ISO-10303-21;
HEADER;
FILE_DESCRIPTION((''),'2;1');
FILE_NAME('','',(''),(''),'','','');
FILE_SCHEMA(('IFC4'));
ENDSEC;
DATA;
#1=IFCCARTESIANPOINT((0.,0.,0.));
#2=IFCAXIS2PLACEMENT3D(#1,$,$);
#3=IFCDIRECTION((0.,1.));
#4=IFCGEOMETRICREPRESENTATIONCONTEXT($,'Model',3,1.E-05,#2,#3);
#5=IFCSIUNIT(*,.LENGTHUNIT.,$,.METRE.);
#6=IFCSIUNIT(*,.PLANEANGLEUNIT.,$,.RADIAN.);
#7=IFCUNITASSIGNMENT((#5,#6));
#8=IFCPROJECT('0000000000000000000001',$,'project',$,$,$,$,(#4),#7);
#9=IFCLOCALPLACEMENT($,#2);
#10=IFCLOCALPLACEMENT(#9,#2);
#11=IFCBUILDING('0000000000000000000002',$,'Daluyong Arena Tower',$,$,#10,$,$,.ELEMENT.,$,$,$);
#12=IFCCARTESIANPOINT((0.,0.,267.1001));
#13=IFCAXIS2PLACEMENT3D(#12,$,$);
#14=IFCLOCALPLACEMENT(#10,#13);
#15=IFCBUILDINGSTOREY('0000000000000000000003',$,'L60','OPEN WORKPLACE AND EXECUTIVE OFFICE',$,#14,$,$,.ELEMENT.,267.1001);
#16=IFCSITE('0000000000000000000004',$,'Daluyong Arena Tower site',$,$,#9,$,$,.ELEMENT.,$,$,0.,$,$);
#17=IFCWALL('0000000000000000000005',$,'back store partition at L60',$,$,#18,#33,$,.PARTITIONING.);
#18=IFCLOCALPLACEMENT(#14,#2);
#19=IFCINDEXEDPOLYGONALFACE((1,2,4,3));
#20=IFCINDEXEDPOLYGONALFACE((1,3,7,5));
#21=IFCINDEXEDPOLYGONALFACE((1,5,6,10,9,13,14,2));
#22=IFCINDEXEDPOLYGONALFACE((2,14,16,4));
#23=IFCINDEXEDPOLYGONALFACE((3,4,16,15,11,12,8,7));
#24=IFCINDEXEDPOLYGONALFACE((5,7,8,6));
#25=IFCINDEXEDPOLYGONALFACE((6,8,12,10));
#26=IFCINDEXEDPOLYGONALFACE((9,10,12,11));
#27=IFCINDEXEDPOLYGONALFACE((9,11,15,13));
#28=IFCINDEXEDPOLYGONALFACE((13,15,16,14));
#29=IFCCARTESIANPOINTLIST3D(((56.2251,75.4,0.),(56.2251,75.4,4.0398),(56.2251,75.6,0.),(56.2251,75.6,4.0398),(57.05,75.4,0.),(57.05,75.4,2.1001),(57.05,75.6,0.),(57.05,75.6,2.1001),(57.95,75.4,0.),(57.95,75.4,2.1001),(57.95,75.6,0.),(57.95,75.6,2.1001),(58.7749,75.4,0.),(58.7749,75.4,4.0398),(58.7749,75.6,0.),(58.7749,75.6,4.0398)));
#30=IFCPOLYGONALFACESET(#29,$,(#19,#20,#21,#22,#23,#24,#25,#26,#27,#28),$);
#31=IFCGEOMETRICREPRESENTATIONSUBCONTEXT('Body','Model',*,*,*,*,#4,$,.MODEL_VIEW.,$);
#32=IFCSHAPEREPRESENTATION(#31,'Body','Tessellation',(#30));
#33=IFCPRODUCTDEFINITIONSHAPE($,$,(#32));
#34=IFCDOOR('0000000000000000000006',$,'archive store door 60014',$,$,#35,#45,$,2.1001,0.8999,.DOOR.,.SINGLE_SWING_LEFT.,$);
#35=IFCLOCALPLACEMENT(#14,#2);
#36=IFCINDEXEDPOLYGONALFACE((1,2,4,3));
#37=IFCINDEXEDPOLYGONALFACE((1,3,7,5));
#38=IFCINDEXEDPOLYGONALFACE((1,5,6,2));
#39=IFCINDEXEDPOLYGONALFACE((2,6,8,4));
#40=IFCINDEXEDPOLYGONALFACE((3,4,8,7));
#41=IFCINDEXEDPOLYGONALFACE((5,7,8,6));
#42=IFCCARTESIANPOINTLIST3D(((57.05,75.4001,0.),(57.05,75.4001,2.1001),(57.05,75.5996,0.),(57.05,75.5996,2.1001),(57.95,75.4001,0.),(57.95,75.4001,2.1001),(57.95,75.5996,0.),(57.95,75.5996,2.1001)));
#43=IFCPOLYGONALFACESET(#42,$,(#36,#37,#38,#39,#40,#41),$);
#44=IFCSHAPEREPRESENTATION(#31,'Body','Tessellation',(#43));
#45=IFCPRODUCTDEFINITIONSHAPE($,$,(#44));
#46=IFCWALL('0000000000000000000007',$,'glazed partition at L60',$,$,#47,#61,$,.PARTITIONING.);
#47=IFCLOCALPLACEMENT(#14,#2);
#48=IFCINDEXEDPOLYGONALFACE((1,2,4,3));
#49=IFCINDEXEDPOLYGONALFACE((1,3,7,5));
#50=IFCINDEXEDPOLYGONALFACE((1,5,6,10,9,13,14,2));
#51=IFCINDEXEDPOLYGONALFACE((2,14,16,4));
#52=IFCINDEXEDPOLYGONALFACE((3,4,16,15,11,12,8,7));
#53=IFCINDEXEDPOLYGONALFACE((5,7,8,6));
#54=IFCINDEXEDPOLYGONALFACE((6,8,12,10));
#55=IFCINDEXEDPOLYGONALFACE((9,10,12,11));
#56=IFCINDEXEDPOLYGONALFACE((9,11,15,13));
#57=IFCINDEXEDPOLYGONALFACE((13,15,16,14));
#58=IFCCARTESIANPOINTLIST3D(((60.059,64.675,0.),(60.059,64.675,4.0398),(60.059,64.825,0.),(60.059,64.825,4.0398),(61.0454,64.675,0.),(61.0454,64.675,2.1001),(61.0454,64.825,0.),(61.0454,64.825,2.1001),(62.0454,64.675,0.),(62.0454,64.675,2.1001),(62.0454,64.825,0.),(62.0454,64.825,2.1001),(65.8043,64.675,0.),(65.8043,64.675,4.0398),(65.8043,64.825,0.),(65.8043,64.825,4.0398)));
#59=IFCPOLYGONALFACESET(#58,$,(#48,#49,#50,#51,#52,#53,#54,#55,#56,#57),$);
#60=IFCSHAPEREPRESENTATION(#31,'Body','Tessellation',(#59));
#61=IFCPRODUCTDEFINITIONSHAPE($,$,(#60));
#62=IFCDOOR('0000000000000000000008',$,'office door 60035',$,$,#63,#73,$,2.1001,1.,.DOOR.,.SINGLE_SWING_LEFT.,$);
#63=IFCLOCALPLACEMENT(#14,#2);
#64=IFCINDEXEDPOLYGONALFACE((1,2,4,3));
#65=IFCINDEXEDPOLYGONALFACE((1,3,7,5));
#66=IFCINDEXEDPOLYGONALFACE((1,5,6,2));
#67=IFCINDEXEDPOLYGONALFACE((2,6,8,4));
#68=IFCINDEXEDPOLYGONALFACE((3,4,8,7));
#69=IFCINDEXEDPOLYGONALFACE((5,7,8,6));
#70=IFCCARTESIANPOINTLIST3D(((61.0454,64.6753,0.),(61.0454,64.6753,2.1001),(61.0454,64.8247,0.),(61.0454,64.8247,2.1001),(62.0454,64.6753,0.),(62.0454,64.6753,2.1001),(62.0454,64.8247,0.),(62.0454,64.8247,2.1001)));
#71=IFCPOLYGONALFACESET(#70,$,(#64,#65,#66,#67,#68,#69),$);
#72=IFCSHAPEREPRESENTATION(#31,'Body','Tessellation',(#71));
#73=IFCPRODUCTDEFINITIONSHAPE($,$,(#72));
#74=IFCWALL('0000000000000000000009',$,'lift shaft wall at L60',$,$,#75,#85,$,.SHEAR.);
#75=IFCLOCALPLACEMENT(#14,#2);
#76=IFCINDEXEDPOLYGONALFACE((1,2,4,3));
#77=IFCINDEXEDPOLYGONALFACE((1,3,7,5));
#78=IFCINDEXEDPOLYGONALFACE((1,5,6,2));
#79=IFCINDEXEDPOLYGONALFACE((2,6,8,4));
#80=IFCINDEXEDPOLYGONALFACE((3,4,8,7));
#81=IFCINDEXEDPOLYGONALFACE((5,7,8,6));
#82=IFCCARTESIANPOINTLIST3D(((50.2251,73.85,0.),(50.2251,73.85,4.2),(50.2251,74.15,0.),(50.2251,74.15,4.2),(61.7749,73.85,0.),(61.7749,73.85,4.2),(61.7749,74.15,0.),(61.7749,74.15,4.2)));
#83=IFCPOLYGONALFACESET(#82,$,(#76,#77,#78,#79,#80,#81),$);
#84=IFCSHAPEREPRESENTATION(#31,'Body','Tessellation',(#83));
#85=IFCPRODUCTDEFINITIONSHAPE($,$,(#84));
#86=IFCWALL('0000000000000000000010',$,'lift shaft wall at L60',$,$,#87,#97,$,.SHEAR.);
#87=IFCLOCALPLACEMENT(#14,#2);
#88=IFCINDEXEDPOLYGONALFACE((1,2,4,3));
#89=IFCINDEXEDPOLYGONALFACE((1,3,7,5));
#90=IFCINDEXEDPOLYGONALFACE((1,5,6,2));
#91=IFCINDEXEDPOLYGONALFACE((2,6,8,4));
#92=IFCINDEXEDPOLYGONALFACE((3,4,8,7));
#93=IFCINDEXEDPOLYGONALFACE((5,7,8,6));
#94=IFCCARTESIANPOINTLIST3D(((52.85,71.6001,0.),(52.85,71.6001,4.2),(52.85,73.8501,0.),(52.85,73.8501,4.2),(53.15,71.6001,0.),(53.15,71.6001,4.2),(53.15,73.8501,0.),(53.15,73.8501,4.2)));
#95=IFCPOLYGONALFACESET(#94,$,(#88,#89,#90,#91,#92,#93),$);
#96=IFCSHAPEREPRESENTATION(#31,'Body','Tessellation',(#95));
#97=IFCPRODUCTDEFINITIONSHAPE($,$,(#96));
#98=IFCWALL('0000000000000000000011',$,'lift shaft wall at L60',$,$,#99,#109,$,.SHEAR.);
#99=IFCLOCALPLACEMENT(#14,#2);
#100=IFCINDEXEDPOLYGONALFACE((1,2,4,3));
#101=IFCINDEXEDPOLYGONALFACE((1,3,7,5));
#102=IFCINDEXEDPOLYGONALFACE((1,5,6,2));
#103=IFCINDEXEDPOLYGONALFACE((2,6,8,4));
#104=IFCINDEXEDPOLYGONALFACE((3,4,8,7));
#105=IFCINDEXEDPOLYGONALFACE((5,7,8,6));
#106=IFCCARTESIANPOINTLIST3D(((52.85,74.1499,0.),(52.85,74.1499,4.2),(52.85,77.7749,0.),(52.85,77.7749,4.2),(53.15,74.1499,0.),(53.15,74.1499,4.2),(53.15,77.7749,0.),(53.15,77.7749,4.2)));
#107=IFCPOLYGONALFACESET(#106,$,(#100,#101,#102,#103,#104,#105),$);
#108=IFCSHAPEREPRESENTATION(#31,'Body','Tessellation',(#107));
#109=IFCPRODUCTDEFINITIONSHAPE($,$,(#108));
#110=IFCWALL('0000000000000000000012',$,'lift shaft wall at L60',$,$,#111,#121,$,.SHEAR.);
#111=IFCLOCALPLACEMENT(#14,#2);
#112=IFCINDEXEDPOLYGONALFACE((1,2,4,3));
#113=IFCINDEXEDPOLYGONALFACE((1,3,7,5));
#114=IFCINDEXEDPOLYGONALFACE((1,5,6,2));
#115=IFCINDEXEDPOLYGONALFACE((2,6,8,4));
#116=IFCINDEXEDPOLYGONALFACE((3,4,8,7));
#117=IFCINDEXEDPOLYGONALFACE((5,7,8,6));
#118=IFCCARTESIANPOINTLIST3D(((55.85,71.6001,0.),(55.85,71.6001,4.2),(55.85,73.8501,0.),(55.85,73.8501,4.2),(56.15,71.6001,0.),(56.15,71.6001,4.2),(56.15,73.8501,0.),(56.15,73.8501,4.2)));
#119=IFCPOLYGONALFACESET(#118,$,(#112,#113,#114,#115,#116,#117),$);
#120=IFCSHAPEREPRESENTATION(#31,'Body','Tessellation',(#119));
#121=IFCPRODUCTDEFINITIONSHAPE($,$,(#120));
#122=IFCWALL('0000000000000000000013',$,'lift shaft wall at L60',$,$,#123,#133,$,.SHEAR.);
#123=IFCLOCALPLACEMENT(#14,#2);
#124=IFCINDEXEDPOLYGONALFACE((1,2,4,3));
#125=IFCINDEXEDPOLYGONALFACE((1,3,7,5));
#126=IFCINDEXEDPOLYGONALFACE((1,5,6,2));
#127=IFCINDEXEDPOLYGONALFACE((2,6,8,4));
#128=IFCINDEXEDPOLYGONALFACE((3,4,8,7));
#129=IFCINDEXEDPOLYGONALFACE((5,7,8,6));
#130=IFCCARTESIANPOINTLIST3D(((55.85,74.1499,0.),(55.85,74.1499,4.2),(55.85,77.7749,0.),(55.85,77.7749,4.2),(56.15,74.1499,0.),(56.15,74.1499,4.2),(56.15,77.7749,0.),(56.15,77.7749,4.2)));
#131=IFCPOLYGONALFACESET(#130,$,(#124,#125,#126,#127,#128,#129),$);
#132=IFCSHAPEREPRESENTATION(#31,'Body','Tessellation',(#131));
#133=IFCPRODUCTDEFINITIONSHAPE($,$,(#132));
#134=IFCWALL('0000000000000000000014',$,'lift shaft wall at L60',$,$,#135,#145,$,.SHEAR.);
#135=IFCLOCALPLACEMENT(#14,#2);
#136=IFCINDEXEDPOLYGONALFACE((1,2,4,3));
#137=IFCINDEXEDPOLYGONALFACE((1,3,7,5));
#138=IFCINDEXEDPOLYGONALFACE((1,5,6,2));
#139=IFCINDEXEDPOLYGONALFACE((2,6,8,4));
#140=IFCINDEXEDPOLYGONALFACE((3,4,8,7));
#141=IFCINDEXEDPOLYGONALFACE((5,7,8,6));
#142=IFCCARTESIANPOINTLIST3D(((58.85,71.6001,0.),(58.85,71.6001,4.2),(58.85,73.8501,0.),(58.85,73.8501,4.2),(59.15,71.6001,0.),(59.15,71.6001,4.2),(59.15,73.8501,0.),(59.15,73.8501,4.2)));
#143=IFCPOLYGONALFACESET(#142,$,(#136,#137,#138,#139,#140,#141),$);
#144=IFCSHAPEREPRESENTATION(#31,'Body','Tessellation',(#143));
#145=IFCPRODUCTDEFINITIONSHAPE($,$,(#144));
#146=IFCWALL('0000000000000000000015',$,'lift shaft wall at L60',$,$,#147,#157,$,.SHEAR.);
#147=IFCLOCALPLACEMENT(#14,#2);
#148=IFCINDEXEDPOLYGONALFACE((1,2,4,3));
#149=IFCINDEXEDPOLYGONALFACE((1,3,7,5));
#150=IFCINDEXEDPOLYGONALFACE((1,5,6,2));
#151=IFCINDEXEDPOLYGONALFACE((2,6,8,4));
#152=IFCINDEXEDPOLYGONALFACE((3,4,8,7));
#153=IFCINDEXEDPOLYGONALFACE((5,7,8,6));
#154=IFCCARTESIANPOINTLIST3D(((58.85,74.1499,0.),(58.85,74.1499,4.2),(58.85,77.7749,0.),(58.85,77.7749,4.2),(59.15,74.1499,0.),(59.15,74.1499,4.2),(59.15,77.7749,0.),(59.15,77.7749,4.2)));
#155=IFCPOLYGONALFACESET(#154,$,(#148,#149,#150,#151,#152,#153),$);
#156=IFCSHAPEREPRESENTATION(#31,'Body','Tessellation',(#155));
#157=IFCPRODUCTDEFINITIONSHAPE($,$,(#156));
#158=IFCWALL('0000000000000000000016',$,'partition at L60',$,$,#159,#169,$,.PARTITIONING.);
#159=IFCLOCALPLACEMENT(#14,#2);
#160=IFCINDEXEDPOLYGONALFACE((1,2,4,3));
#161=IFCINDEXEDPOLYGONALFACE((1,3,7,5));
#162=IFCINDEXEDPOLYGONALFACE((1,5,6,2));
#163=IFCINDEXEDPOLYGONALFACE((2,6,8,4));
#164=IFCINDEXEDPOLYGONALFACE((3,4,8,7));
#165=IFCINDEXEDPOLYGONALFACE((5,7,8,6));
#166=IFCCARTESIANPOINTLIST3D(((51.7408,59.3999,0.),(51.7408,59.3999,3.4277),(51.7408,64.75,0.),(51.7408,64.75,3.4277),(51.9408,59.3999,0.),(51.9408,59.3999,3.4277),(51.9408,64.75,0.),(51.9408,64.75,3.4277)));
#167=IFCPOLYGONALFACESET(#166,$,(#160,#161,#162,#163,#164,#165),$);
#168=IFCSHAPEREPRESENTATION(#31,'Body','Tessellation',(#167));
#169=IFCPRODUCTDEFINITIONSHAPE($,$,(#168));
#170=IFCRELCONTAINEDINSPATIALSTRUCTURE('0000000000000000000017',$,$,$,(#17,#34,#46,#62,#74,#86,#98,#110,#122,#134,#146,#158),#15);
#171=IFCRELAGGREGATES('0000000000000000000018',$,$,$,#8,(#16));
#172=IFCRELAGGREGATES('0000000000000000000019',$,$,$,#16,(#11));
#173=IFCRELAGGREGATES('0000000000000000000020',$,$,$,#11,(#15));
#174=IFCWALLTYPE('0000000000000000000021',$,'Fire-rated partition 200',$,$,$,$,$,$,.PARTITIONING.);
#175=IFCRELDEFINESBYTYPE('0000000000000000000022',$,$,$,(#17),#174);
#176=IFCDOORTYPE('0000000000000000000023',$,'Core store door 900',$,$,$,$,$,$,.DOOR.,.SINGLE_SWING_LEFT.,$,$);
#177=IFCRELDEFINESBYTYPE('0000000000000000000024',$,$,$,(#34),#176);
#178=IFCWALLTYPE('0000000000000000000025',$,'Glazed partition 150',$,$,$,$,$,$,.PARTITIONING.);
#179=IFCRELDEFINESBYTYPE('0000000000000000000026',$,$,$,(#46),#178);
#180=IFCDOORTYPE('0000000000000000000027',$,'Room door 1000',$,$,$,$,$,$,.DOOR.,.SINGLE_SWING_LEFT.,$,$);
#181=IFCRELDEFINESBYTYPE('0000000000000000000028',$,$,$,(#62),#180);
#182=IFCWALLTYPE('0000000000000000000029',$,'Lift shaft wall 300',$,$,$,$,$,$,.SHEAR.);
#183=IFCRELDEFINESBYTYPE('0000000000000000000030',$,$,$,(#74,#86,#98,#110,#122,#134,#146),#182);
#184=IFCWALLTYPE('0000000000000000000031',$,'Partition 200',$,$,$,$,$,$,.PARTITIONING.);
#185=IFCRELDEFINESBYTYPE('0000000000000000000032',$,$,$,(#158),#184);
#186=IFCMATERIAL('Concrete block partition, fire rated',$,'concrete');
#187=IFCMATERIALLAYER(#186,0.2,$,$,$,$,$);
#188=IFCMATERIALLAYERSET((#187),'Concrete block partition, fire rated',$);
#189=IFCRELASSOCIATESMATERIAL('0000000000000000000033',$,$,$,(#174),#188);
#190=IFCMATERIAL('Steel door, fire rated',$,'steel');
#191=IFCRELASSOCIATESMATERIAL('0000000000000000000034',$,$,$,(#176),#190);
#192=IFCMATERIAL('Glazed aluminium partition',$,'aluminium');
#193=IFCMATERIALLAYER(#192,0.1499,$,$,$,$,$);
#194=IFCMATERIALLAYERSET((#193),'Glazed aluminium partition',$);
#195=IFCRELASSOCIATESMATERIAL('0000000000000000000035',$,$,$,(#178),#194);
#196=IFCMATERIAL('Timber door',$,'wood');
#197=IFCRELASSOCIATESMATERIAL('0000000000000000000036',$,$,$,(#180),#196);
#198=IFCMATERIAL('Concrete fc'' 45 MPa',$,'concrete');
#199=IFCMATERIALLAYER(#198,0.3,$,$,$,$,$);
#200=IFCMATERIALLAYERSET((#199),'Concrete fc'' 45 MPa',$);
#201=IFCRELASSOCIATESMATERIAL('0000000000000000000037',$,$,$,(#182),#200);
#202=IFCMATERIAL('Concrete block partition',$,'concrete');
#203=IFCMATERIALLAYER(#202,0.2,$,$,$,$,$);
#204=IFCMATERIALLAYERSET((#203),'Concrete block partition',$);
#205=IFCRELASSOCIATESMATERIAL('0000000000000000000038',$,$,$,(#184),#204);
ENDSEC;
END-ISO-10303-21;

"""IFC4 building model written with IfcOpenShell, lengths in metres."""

from ifc_helpers import new_model, si_unit, direction, frame, frame_2d, origin, place, context, subcontext, project, spatial, rectangle, extrude, material, layer, layer_set, type_object, element, fill, save


model = new_model("IFC4")

# Units and contexts
model_context = context("Model", 3, precision=1e-05, world=origin(), true_north=direction((0.0, 1.0)))
body_context = subcontext(model_context, "Body", "Model", "MODEL_VIEW")
ifc_project = project(units=[si_unit("LENGTHUNIT", "METRE"), si_unit("PLANEANGLEUNIT", "RADIAN")], contexts=[model_context])

# Site, building, storey
site_placement = place(None, origin())
site = spatial("IfcSite", under=ifc_project, at=site_placement, Name="Daluyong Arena Tower site", CompositionType="ELEMENT", RefElevation=0.0)
building_placement = place(site_placement, origin())
building = spatial("IfcBuilding", under=site, at=building_placement, Name="Daluyong Arena Tower", CompositionType="ELEMENT")
storey_placement = place(building_placement, frame((0.0, 0.0, 267.1001)))
storey = spatial("IfcBuildingStorey", under=building, at=storey_placement, Name="L60", Description="OPEN WORKPLACE AND EXECUTIVE OFFICE", CompositionType="ELEMENT", Elevation=267.1001)

# Walls, openings, doors
ifc_material_1 = material(Name="Concrete block partition, fire rated", Category="concrete")
ifc_layer_1 = layer(ifc_material_1, 0.2)
ifc_layer_set_1 = layer_set([ifc_layer_1], Name="Concrete block partition, fire rated")
wall_type_1 = type_object("IfcWallType", Name="Fire-rated partition 200", PredefinedType="PARTITIONING", material=ifc_layer_set_1)
ifc_material_2 = material(Name="Steel door, fire rated", Category="steel")
door_type_1 = type_object("IfcDoorType", Name="Core store door 900", OperationType="SINGLE_SWING_LEFT", PredefinedType="DOOR", material=ifc_material_2)
wall_1_placement = place(storey_placement, frame((56.2251, 75.5, 0.0), z_axis=(0.0, 0.0, 1.0), x_axis=(1.0, 0.0, 0.0)))
wall_1 = element("IfcWall", 1, at=wall_1_placement, inside=storey, type_object=wall_type_1, Name="back store partition at L60", PredefinedType="PARTITIONING", context=body_context, shape_type="SweptSolid", body=[
    extrude(rectangle(XDim=2.5498, YDim=0.2, at=frame_2d((1.2749, 0.0))), origin(), (0.0, 0.0, 1.0), 4.0398),
])
opening_1_placement = place(wall_1_placement, frame((0.825, 0.0, 0.0)))
opening_1 = element("IfcOpeningElement", 2, at=opening_1_placement, cuts=wall_1, PredefinedType="OPENING", context=body_context, shape_type="SweptSolid", body=[
    extrude(rectangle(XDim=0.8999, YDim=2.1001, at=frame_2d((0.45, 1.05))), frame((0.0, 0.1099, 0.0), z_axis=(0.0, -1.0, 0.0), x_axis=(1.0, 0.0, 0.0)), (0.0, 0.0, 1.0), 0.22),
])
door_1_placement = place(opening_1_placement, origin())
door_1 = element("IfcDoor", 3, at=door_1_placement, inside=storey, type_object=door_type_1, Name="archive store door 60014", OperationType="SINGLE_SWING_LEFT", OverallHeight=2.1001, OverallWidth=0.8999, PredefinedType="DOOR", context=body_context, shape_type="SweptSolid", body=[
    extrude(rectangle(XDim=0.8999, YDim=2.1001, at=frame_2d((0.45, 1.05))), frame((0.0, 0.0996, 0.0), z_axis=(0.0, -1.0, 0.0), x_axis=(1.0, 0.0, 0.0)), (0.0, 0.0, 1.0), 0.1995),
])
fill(opening_1, door_1)
ifc_material_3 = material(Name="Glazed aluminium partition", Category="aluminium")
ifc_layer_2 = layer(ifc_material_3, 0.1499)
ifc_layer_set_2 = layer_set([ifc_layer_2], Name="Glazed aluminium partition")
wall_type_2 = type_object("IfcWallType", Name="Glazed partition 150", PredefinedType="PARTITIONING", material=ifc_layer_set_2)
wall_2_placement = place(storey_placement, frame((60.0591, 64.75, 0.0), z_axis=(0.0, 0.0, 1.0), x_axis=(1.0, 0.0, 0.0)))
wall_2 = element("IfcWall", 4, at=wall_2_placement, inside=storey, type_object=wall_type_2, Name="glazed partition at L60", PredefinedType="PARTITIONING", context=body_context, shape_type="SweptSolid", body=[
    extrude(rectangle(XDim=5.7454, YDim=0.1499, at=frame_2d((2.8726, 0.0))), origin(), (0.0, 0.0, 1.0), 4.0398),
])
opening_2_placement = place(wall_2_placement, frame((0.9863, 0.0, 0.0)))
opening_2 = element("IfcOpeningElement", 5, at=opening_2_placement, cuts=wall_2, PredefinedType="OPENING", context=body_context, shape_type="SweptSolid", body=[
    extrude(rectangle(XDim=1.0, YDim=2.1001, at=frame_2d((0.5, 1.05))), frame((0.0, 0.085, 0.0), z_axis=(0.0, -1.0, 0.0), x_axis=(1.0, 0.0, 0.0)), (0.0, 0.0, 1.0), 0.1699),
])
ifc_material_4 = material(Name="Timber door", Category="wood")
door_type_2 = type_object("IfcDoorType", Name="Room door 1000", OperationType="SINGLE_SWING_LEFT", PredefinedType="DOOR", material=ifc_material_4)
door_2_placement = place(opening_2_placement, origin())
door_2 = element("IfcDoor", 6, at=door_2_placement, inside=storey, type_object=door_type_2, Name="office door 60035", OperationType="SINGLE_SWING_LEFT", OverallHeight=2.1001, OverallWidth=1.0, PredefinedType="DOOR", context=body_context, shape_type="SweptSolid", body=[
    extrude(rectangle(XDim=1.0, YDim=2.1001, at=frame_2d((0.5, 1.05))), frame((0.0, 0.0747, 0.0), z_axis=(0.0, -1.0, 0.0), x_axis=(1.0, 0.0, 0.0)), (0.0, 0.0, 1.0), 0.1494),
])
fill(opening_2, door_2)

# Walls
ifc_material_5 = material(Name="Concrete fc' 45 MPa", Category="concrete")
ifc_layer_3 = layer(ifc_material_5, 0.3)
ifc_layer_set_3 = layer_set([ifc_layer_3], Name="Concrete fc' 45 MPa")
wall_type_3 = type_object("IfcWallType", Name="Lift shaft wall 300", PredefinedType="SHEAR", material=ifc_layer_set_3)
wall_3_placement = place(storey_placement, frame((50.2251, 74.0, 0.0), z_axis=(0.0, 0.0, 1.0), x_axis=(1.0, 0.0, 0.0)))
element("IfcWall", 7, at=wall_3_placement, inside=storey, type_object=wall_type_3, Name="lift shaft wall at L60", PredefinedType="SHEAR", context=body_context, shape_type="SweptSolid", body=[
    extrude(rectangle(XDim=11.5498, YDim=0.3, at=frame_2d((5.7749, 0.0))), origin(), (0.0, 0.0, 1.0), 4.2),
])
wall_4_placement = place(storey_placement, frame((53.0, 71.6001, 0.0), z_axis=(0.0, 0.0, 1.0), x_axis=(0.0, 1.0, 0.0)))
element("IfcWall", 8, at=wall_4_placement, inside=storey, type_object=wall_type_3, Name="lift shaft wall at L60", PredefinedType="SHEAR", context=body_context, shape_type="SweptSolid", body=[
    extrude(rectangle(XDim=2.25, YDim=0.3, at=frame_2d((1.125, 0.0))), origin(), (0.0, 0.0, 1.0), 4.2),
])
wall_5_placement = place(storey_placement, frame((53.0, 74.1499, 0.0), z_axis=(0.0, 0.0, 1.0), x_axis=(0.0, 1.0, 0.0)))
element("IfcWall", 9, at=wall_5_placement, inside=storey, type_object=wall_type_3, Name="lift shaft wall at L60", PredefinedType="SHEAR", context=body_context, shape_type="SweptSolid", body=[
    extrude(rectangle(XDim=3.625, YDim=0.3, at=frame_2d((1.8125, 0.0))), origin(), (0.0, 0.0, 1.0), 4.2),
])
wall_6_placement = place(storey_placement, frame((56.0, 71.6001, 0.0), z_axis=(0.0, 0.0, 1.0), x_axis=(0.0, 1.0, 0.0)))
element("IfcWall", 10, at=wall_6_placement, inside=storey, type_object=wall_type_3, Name="lift shaft wall at L60", PredefinedType="SHEAR", context=body_context, shape_type="SweptSolid", body=[
    extrude(rectangle(XDim=2.25, YDim=0.3, at=frame_2d((1.125, 0.0))), origin(), (0.0, 0.0, 1.0), 4.2),
])
wall_7_placement = place(storey_placement, frame((56.0, 74.1499, 0.0), z_axis=(0.0, 0.0, 1.0), x_axis=(0.0, 1.0, 0.0)))
element("IfcWall", 11, at=wall_7_placement, inside=storey, type_object=wall_type_3, Name="lift shaft wall at L60", PredefinedType="SHEAR", context=body_context, shape_type="SweptSolid", body=[
    extrude(rectangle(XDim=3.625, YDim=0.3, at=frame_2d((1.8125, 0.0))), origin(), (0.0, 0.0, 1.0), 4.2),
])
wall_8_placement = place(storey_placement, frame((59.0, 71.6001, 0.0), z_axis=(0.0, 0.0, 1.0), x_axis=(0.0, 1.0, 0.0)))
element("IfcWall", 12, at=wall_8_placement, inside=storey, type_object=wall_type_3, Name="lift shaft wall at L60", PredefinedType="SHEAR", context=body_context, shape_type="SweptSolid", body=[
    extrude(rectangle(XDim=2.25, YDim=0.3, at=frame_2d((1.125, 0.0))), origin(), (0.0, 0.0, 1.0), 4.2),
])
wall_9_placement = place(storey_placement, frame((59.0, 74.1499, 0.0), z_axis=(0.0, 0.0, 1.0), x_axis=(0.0, 1.0, 0.0)))
element("IfcWall", 13, at=wall_9_placement, inside=storey, type_object=wall_type_3, Name="lift shaft wall at L60", PredefinedType="SHEAR", context=body_context, shape_type="SweptSolid", body=[
    extrude(rectangle(XDim=3.625, YDim=0.3, at=frame_2d((1.8125, 0.0))), origin(), (0.0, 0.0, 1.0), 4.2),
])
ifc_material_6 = material(Name="Concrete block partition", Category="concrete")
ifc_layer_4 = layer(ifc_material_6, 0.2)
ifc_layer_set_4 = layer_set([ifc_layer_4], Name="Concrete block partition")
wall_type_4 = type_object("IfcWallType", Name="Partition 200", PredefinedType="PARTITIONING", material=ifc_layer_set_4)
wall_10_placement = place(storey_placement, frame((51.8408, 59.3999, 0.0), z_axis=(0.0, 0.0, 1.0), x_axis=(0.0, 1.0, 0.0)))
element("IfcWall", 14, at=wall_10_placement, inside=storey, type_object=wall_type_4, Name="partition at L60", PredefinedType="PARTITIONING", context=body_context, shape_type="SweptSolid", body=[
    extrude(rectangle(XDim=5.3501, YDim=0.2, at=frame_2d((2.675, 0.0))), origin(), (0.0, 0.0, 1.0), 3.4277),
])

save(model, "model.ifc")
